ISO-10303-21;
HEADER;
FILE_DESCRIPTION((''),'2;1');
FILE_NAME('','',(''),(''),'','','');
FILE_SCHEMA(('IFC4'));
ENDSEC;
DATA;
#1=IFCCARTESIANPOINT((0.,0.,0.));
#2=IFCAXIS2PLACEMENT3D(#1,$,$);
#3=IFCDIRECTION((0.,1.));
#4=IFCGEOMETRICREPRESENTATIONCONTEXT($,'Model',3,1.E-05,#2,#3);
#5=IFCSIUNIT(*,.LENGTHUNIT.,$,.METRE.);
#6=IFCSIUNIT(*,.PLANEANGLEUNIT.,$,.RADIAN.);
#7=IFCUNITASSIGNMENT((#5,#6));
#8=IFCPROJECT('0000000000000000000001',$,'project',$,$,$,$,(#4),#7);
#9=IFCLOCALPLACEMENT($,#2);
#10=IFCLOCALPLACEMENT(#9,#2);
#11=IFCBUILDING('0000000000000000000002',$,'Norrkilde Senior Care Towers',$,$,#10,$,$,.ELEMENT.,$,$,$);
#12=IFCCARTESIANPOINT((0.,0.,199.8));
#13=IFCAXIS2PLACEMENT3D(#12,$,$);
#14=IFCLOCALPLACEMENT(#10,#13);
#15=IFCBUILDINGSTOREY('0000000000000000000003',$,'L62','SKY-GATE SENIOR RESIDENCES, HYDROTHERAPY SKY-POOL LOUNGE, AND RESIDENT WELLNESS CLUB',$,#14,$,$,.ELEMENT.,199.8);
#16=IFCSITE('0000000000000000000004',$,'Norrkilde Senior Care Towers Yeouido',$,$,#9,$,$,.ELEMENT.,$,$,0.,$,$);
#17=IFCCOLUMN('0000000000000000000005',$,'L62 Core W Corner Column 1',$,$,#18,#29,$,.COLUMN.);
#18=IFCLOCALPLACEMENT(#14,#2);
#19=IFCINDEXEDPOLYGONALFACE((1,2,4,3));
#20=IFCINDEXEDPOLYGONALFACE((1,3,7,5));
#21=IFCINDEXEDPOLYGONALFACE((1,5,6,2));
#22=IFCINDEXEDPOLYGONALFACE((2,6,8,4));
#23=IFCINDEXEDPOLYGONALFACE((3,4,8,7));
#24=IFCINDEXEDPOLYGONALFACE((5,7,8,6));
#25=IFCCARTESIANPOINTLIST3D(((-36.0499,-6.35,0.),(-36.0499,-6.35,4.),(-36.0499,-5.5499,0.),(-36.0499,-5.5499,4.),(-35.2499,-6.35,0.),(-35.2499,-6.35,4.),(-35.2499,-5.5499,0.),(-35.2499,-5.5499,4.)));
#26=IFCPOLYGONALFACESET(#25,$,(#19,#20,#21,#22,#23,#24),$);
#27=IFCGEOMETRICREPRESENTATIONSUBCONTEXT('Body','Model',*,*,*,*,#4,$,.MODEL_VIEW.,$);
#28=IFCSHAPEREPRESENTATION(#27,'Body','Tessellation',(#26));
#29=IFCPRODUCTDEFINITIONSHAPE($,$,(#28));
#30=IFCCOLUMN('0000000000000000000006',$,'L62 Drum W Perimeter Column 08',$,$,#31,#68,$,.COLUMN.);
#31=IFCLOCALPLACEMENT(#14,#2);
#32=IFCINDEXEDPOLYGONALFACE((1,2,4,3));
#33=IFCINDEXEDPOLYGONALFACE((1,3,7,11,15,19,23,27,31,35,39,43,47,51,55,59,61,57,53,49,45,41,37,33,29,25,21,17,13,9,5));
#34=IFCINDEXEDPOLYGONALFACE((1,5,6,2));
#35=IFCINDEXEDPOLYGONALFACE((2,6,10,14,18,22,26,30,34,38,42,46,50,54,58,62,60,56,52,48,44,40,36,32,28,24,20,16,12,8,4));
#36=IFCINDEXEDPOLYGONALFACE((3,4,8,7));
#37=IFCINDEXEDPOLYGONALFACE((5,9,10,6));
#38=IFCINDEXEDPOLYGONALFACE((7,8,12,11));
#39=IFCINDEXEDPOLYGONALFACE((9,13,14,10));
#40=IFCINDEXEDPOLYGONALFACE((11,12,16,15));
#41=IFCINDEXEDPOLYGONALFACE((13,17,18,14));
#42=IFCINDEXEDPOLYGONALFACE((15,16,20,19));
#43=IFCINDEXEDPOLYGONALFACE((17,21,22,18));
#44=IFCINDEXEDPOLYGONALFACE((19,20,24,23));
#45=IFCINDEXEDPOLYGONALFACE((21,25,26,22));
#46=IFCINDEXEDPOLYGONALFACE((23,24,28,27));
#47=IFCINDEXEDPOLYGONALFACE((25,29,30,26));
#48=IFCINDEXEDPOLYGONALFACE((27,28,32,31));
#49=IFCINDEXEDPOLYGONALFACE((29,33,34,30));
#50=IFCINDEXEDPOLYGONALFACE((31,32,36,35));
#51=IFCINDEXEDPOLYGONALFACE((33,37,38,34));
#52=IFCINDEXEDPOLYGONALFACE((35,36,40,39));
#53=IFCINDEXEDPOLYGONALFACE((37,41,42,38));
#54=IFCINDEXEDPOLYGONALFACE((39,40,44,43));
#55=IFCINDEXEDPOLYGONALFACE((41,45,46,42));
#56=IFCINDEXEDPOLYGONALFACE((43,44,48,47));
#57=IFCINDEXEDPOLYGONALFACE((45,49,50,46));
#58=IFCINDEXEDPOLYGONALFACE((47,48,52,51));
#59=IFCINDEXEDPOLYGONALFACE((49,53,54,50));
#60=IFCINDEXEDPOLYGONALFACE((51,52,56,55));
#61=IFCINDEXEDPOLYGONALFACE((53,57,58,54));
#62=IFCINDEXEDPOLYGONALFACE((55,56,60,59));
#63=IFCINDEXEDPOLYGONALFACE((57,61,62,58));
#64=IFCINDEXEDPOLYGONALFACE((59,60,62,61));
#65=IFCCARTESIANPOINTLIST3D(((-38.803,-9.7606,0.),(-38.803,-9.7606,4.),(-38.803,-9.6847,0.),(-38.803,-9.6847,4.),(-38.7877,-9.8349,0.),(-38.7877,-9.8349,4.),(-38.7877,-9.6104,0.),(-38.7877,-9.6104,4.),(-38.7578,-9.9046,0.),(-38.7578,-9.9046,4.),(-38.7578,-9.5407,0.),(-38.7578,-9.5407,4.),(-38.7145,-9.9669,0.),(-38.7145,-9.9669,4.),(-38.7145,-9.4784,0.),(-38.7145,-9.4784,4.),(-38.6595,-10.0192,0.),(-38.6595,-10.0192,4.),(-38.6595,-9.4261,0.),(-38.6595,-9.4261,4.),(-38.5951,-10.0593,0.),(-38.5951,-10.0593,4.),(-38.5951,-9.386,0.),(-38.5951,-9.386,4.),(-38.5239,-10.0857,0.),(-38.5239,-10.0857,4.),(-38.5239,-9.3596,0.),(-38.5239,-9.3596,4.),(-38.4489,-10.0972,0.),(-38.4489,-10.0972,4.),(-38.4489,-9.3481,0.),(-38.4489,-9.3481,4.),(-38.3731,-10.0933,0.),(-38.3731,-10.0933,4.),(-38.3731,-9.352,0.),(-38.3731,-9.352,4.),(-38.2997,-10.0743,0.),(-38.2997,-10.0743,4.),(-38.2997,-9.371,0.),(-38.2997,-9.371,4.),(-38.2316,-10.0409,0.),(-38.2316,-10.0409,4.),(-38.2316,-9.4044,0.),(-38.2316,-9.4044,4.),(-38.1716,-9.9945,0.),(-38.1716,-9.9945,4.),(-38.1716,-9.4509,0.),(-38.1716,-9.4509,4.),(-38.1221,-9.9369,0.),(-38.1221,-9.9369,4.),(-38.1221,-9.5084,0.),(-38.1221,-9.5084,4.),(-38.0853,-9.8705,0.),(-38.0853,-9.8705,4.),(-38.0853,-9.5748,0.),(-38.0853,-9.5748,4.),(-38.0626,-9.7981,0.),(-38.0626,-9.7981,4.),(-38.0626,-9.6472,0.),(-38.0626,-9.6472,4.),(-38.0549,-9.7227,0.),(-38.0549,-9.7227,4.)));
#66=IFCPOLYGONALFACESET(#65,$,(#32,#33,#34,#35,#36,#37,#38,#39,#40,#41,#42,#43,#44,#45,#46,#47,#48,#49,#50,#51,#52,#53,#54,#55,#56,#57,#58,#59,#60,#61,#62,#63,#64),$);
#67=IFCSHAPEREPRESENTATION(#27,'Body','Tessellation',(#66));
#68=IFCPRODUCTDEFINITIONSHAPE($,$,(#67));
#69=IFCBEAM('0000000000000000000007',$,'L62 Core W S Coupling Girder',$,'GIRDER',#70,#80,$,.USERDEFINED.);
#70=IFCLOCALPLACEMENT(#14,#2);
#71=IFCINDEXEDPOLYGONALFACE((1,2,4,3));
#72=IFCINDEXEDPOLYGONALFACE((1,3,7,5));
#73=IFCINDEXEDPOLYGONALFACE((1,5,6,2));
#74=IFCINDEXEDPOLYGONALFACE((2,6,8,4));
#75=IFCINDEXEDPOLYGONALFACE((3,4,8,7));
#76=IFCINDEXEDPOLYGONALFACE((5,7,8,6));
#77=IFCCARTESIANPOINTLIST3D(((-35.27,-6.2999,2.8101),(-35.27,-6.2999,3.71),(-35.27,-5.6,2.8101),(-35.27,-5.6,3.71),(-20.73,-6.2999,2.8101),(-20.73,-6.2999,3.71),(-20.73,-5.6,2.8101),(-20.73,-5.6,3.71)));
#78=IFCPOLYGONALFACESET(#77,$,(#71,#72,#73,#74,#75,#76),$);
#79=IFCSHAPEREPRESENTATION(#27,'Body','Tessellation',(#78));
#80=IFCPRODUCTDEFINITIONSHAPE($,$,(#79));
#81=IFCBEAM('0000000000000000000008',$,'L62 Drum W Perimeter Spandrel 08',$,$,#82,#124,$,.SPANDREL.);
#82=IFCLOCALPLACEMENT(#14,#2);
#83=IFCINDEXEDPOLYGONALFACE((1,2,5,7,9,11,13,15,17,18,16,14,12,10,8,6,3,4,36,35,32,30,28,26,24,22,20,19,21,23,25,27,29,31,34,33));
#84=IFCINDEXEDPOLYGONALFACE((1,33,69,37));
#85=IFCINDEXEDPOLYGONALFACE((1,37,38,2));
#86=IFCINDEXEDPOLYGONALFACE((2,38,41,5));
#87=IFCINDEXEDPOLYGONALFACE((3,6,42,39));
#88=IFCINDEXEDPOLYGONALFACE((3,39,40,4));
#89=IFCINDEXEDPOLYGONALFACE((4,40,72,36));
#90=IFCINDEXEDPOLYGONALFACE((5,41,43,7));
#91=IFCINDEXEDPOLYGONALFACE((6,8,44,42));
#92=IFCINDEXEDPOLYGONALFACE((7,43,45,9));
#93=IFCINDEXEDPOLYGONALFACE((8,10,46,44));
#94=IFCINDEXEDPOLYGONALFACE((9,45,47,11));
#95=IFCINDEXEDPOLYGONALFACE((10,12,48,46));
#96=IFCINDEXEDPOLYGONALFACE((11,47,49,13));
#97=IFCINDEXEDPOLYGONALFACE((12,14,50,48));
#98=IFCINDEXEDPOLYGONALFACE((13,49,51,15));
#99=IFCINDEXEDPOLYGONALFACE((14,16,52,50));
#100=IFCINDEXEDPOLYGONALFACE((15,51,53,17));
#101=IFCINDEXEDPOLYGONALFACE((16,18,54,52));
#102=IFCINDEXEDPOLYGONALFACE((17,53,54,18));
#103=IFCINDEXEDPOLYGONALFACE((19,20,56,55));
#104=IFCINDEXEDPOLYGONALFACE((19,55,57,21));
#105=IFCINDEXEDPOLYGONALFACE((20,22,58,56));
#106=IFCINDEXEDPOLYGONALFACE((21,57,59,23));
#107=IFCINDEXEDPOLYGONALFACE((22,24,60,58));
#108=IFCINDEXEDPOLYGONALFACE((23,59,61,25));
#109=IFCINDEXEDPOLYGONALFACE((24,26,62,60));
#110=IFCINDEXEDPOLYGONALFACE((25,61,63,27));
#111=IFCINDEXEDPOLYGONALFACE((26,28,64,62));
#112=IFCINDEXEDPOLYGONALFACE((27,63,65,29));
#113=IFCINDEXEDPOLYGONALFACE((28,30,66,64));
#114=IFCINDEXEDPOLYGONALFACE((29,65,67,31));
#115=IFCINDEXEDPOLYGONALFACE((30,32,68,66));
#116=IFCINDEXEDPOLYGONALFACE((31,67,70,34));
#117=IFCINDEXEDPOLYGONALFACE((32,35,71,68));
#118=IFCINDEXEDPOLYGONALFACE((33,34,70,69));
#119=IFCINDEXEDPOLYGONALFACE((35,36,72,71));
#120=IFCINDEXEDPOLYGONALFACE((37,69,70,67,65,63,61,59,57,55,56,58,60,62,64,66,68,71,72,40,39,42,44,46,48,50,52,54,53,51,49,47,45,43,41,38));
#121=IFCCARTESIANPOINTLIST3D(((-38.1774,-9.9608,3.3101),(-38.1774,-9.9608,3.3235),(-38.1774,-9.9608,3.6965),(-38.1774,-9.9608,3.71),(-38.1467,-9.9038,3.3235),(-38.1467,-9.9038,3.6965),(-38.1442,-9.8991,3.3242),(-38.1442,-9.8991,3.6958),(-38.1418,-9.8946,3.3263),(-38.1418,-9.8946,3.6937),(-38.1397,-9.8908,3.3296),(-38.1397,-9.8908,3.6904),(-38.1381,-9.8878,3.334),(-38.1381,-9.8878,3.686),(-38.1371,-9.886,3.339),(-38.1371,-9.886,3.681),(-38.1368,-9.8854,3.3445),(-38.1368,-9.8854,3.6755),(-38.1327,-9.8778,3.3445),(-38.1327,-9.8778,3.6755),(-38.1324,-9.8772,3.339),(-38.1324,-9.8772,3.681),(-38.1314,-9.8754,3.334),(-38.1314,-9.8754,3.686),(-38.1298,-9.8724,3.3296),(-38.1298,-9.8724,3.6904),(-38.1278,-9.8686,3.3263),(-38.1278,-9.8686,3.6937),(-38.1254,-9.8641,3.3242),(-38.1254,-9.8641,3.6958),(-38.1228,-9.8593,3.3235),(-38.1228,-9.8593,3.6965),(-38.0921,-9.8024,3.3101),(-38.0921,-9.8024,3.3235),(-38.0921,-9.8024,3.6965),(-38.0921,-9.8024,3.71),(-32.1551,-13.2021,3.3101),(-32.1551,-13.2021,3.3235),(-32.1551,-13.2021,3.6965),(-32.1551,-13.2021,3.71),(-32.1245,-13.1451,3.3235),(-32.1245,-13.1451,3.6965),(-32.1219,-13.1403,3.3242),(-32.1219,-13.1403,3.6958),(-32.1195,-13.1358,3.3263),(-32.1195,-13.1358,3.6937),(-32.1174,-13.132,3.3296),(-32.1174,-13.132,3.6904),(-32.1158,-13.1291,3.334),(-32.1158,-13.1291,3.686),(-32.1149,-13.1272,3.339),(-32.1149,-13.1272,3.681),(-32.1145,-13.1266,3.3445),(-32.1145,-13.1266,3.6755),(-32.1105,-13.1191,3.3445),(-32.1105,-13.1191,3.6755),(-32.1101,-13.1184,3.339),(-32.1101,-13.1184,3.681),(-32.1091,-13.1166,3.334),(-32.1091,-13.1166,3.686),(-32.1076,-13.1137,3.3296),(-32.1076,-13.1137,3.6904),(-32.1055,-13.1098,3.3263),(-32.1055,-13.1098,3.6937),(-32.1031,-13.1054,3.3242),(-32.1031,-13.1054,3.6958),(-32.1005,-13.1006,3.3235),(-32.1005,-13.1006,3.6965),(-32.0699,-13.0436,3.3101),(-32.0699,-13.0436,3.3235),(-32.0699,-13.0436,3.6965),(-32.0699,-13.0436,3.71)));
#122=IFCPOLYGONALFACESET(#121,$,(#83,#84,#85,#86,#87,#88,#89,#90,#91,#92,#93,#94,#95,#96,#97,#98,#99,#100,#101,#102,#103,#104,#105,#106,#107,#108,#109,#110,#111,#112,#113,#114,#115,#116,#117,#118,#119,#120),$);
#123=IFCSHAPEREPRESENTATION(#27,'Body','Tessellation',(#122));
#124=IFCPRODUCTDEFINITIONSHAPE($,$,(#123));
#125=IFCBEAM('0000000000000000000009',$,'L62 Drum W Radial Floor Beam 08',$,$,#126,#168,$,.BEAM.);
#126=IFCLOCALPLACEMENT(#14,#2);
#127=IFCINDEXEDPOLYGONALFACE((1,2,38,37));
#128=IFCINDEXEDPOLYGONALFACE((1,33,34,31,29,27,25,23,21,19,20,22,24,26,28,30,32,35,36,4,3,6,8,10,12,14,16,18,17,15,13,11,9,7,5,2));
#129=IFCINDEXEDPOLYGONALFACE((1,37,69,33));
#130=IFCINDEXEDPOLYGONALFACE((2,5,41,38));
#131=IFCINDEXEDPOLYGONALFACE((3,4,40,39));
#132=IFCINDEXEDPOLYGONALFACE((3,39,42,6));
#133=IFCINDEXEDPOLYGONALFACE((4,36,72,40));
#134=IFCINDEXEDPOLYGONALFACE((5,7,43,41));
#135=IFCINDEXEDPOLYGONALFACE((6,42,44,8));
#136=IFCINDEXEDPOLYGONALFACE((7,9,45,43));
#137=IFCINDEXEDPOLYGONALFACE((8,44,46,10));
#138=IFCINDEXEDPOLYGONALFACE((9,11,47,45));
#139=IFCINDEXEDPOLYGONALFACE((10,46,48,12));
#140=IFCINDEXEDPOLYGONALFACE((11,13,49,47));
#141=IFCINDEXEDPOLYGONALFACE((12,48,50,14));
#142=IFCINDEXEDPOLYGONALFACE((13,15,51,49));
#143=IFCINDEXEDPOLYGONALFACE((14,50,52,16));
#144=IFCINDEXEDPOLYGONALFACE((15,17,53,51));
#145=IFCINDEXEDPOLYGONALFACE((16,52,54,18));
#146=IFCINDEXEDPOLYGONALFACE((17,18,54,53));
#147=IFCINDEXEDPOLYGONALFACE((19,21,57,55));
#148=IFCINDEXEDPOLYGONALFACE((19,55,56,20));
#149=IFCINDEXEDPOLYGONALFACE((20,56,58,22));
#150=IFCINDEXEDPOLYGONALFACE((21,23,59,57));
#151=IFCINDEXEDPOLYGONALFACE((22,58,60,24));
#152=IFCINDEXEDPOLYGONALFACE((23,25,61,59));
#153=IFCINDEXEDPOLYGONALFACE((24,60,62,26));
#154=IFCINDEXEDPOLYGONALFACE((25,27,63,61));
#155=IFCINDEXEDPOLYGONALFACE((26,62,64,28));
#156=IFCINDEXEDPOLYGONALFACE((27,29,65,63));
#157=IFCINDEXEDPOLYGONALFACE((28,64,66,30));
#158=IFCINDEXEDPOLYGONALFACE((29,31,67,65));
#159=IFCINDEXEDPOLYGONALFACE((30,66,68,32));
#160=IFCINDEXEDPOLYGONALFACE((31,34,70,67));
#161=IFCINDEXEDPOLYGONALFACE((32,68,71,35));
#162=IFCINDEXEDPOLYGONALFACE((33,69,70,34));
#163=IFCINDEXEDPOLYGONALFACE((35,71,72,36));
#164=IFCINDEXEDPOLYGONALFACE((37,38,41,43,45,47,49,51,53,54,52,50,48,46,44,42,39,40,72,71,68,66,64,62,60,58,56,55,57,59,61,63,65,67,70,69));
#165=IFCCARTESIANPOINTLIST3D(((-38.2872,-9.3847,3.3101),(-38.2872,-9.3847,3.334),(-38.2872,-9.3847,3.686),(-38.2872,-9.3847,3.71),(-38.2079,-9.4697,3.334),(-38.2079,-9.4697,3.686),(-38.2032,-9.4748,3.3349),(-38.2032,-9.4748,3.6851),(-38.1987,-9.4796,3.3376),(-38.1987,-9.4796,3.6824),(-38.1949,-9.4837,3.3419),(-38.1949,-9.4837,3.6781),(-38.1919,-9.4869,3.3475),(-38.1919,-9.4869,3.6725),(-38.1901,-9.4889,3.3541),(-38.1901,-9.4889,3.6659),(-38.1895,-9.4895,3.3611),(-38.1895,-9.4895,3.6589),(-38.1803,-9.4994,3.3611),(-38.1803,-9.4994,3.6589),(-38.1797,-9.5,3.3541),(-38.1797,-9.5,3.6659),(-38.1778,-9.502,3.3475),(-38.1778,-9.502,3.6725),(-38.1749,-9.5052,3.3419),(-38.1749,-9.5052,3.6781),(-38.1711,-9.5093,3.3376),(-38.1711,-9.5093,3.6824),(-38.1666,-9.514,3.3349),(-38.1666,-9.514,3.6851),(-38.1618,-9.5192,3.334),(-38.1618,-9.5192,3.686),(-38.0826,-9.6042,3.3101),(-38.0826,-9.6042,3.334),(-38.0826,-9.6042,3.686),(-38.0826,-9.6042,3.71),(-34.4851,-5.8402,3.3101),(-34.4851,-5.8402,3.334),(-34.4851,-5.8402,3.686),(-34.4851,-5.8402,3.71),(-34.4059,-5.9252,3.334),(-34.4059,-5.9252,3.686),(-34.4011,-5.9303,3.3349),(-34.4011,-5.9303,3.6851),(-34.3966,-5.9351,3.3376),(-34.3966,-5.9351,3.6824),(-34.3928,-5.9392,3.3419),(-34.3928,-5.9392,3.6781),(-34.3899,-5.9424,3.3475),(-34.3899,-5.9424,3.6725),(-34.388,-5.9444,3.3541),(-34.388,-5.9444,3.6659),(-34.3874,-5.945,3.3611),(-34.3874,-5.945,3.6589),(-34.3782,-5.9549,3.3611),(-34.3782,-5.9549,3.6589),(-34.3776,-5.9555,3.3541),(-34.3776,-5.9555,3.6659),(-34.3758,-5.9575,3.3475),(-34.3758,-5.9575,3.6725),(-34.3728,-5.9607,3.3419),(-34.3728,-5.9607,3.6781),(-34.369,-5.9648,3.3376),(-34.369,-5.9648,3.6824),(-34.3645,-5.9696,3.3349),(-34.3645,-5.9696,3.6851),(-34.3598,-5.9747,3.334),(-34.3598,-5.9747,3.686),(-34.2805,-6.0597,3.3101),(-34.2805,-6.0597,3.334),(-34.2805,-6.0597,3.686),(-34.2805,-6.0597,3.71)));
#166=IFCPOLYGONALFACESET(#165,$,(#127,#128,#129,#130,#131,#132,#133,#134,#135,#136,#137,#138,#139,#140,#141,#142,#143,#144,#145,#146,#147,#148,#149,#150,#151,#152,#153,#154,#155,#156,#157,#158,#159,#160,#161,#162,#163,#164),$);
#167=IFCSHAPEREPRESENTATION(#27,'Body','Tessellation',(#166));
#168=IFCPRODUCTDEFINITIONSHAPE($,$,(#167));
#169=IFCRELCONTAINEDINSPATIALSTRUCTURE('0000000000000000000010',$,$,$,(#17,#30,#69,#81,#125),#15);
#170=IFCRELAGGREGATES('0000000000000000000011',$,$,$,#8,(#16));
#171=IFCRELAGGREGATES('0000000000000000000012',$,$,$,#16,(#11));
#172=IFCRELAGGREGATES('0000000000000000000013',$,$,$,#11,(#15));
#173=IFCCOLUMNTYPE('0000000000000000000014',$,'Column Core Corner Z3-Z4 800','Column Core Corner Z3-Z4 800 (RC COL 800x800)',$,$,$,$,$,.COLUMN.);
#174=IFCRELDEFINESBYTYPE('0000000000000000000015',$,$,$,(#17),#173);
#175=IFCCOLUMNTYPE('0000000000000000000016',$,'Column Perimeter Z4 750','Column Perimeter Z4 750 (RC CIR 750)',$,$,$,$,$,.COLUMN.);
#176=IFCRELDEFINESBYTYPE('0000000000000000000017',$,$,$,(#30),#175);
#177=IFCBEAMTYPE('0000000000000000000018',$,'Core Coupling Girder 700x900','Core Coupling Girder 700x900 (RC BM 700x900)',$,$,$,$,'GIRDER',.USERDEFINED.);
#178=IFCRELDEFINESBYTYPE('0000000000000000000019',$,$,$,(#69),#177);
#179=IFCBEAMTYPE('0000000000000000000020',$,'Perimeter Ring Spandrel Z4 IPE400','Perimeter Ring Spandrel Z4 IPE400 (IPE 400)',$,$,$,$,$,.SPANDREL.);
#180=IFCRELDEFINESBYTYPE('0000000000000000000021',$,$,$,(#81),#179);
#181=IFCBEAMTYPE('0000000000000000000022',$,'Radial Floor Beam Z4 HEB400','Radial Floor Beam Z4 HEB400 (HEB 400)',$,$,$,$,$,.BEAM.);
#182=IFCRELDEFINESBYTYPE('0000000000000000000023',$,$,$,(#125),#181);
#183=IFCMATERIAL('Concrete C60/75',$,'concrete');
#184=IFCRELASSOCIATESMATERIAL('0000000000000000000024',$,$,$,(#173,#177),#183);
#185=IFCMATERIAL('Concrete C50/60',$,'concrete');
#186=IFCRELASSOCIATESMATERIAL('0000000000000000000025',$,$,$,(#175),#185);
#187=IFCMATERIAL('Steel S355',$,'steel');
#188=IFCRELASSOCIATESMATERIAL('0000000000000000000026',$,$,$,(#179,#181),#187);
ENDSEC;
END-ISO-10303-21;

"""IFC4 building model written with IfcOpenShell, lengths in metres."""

from ifc_helpers import new_model, si_unit, direction, frame, origin, origin_2d, place, context, subcontext, project, spatial, rectangle, circle, i_section, extrude, source, transform, mapped, material, material_profile, profile_set, type_object, type_shapes, element, save


model = new_model("IFC4")

# Units and contexts
model_context = context("Model", 3, precision=1e-05, world=origin(), true_north=direction((0.0, 1.0)))
body_context = subcontext(model_context, "Body", "Model", "MODEL_VIEW")
ifc_project = project(units=[si_unit("LENGTHUNIT", "METRE"), si_unit("PLANEANGLEUNIT", "RADIAN")], contexts=[model_context])

# Site, building, storey
site_placement = place(None, origin())
site = spatial("IfcSite", under=ifc_project, at=site_placement, Name="Norrkilde Senior Care Towers Yeouido", CompositionType="ELEMENT", RefElevation=0.0)
building_placement = place(site_placement, origin())
building = spatial("IfcBuilding", under=site, at=building_placement, Name="Norrkilde Senior Care Towers", CompositionType="ELEMENT")
storey_placement = place(building_placement, frame((0.0, 0.0, 199.8)))
storey = spatial("IfcBuildingStorey", under=building, at=storey_placement, Name="L62", Description="SKY-GATE SENIOR RESIDENCES, HYDROTHERAPY SKY-POOL LOUNGE, AND RESIDENT WELLNESS CLUB", CompositionType="ELEMENT", Elevation=199.8)

# Columns
ifc_material_1 = material(Name="Concrete C60/75", Category="concrete")
ifc_material_profile_1 = material_profile(ifc_material_1, rectangle(XDim=0.8, YDim=0.8, at=origin_2d()), Name="RC COL 800x800")
ifc_profile_set_1 = profile_set([ifc_material_profile_1], Name="Concrete C60/75")
column_type_1 = type_object("IfcColumnType", Name="Column Core Corner Z3-Z4 800", Description="Column Core Corner Z3-Z4 800 (RC COL 800x800)", PredefinedType="COLUMN", material=ifc_profile_set_1)
shared_shape_1 = source(origin(), body_context, "Body", "SweptSolid", [
    extrude(rectangle(XDim=0.8, YDim=0.8, at=origin_2d()), origin(), (0.0, 0.0, 1.0), 4.0),
])
type_shapes(column_type_1, [shared_shape_1])
column_1_placement = place(storey_placement, frame((-35.6499, -5.95, 0.0), z_axis=(0.0, 0.0, 1.0), x_axis=(1.0, 0.0, 0.0)))
element("IfcColumn", 1, at=column_1_placement, inside=storey, type_object=column_type_1, Name="L62 Core W Corner Column 1", PredefinedType="COLUMN", context=body_context, shape_type="MappedRepresentation", body=[
    mapped(shared_shape_1, transform((0.0, 0.0, 0.0), x_axis=(1.0, 0.0, 0.0), y_axis=(0.0, 1.0, 0.0), z_axis=(0.0, 0.0, 1.0), scale=1.0)),
])
ifc_material_2 = material(Name="Concrete C50/60", Category="concrete")
ifc_material_profile_2 = material_profile(ifc_material_2, circle(Radius=0.375, at=origin_2d()), Name="RC CIR 750")
ifc_profile_set_2 = profile_set([ifc_material_profile_2], Name="Concrete C50/60")
column_type_2 = type_object("IfcColumnType", Name="Column Perimeter Z4 750", Description="Column Perimeter Z4 750 (RC CIR 750)", PredefinedType="COLUMN", material=ifc_profile_set_2)
shared_shape_2 = source(origin(), body_context, "Body", "SweptSolid", [
    extrude(circle(Radius=0.375, at=origin_2d()), origin(), (0.0, 0.0, 1.0), 4.0),
])
type_shapes(column_type_2, [shared_shape_2])
column_2_placement = place(storey_placement, frame((-38.4299, -9.7227, 0.0), z_axis=(0.0, 0.0, 1.0), x_axis=(1.0, 0.0, 0.0)))
element("IfcColumn", 2, at=column_2_placement, inside=storey, type_object=column_type_2, Name="L62 Drum W Perimeter Column 08", PredefinedType="COLUMN", context=body_context, shape_type="MappedRepresentation", body=[
    mapped(shared_shape_2, transform((0.0, 0.0, 0.0), x_axis=(1.0, 0.0, 0.0), y_axis=(0.0, 1.0, 0.0), z_axis=(0.0, 0.0, 1.0), scale=1.0)),
])

# Beams
ifc_material_profile_3 = material_profile(ifc_material_1, rectangle(XDim=0.7, YDim=0.8999, at=origin_2d()), Name="RC BM 700x900")
ifc_profile_set_3 = profile_set([ifc_material_profile_3], Name="Concrete C60/75")
beam_type_1 = type_object("IfcBeamType", Name="Core Coupling Girder 700x900", Description="Core Coupling Girder 700x900 (RC BM 700x900)", ElementType="GIRDER", PredefinedType="USERDEFINED", material=ifc_profile_set_3)
shared_shape_3 = source(origin(), body_context, "Body", "SweptSolid", [
    extrude(rectangle(XDim=0.7, YDim=0.8999, at=origin_2d()), origin(), (0.0, 0.0, 1.0), 14.54),
])
type_shapes(beam_type_1, [shared_shape_3])
beam_1_placement = place(storey_placement, frame((-35.27, -5.95, 3.26), z_axis=(1.0, 0.0, 0.0), x_axis=(0.0, 1.0, 0.0)))
element("IfcBeam", 3, at=beam_1_placement, inside=storey, type_object=beam_type_1, Name="L62 Core W S Coupling Girder", ObjectType="GIRDER", PredefinedType="USERDEFINED", context=body_context, shape_type="MappedRepresentation", body=[
    mapped(shared_shape_3, transform((0.0, 0.0, 0.0), x_axis=(1.0, 0.0, 0.0), y_axis=(0.0, 1.0, 0.0), z_axis=(0.0, 0.0, 1.0), scale=1.0)),
])
ifc_material_3 = material(Name="Steel S355", Category="steel")
ifc_material_profile_4 = material_profile(ifc_material_3, i_section(OverallWidth=0.1799, OverallDepth=0.3999, WebThickness=0.0085, FlangeThickness=0.0134, FilletRadius=0.021, at=origin_2d()), Name="IPE 400")
ifc_profile_set_4 = profile_set([ifc_material_profile_4], Name="Steel S355")
beam_type_2 = type_object("IfcBeamType", Name="Perimeter Ring Spandrel Z4 IPE400", Description="Perimeter Ring Spandrel Z4 IPE400 (IPE 400)", PredefinedType="SPANDREL", material=ifc_profile_set_4)
shared_shape_4 = source(origin(), body_context, "Body", "SweptSolid", [
    extrude(i_section(OverallWidth=0.1799, OverallDepth=0.3999, WebThickness=0.0085, FlangeThickness=0.0134, FilletRadius=0.021, at=origin_2d()), origin(), (0.0, 0.0, 1.0), 6.8391),
])
type_shapes(beam_type_2, [shared_shape_4])
beam_2_placement = place(storey_placement, frame((-38.1348, -9.8816, 3.51), z_axis=(0.880564, -0.473927, 0.0), x_axis=(0.473927, 0.880564, 0.0)))
element("IfcBeam", 4, at=beam_2_placement, inside=storey, type_object=beam_type_2, Name="L62 Drum W Perimeter Spandrel 08", PredefinedType="SPANDREL", context=body_context, shape_type="MappedRepresentation", body=[
    mapped(shared_shape_4, transform((0.0, 0.0, 0.0), x_axis=(1.0, 0.0, 0.0), y_axis=(0.0, 1.0, 0.0), z_axis=(0.0, 0.0, 1.0), scale=1.0)),
])
ifc_material_profile_5 = material_profile(ifc_material_3, i_section(OverallWidth=0.3, OverallDepth=0.3999, WebThickness=0.0134, FlangeThickness=0.0239, FilletRadius=0.0271, at=origin_2d()), Name="HEB 400")
ifc_profile_set_5 = profile_set([ifc_material_profile_5], Name="Steel S355")
beam_type_3 = type_object("IfcBeamType", Name="Radial Floor Beam Z4 HEB400", Description="Radial Floor Beam Z4 HEB400 (HEB 400)", PredefinedType="BEAM", material=ifc_profile_set_5)
shared_shape_5 = source(origin(), body_context, "Body", "SweptSolid", [
    extrude(i_section(OverallWidth=0.3, OverallDepth=0.3999, WebThickness=0.0134, FlangeThickness=0.0239, FilletRadius=0.0271, at=origin_2d()), origin(), (0.0, 0.0, 1.0), 5.198),
])
type_shapes(beam_type_3, [shared_shape_5])
beam_3_placement = place(storey_placement, frame((-34.3828, -5.95, 3.51), z_axis=(-0.731449, -0.681896, 0.0), x_axis=(0.681896, -0.731449, 0.0)))
element("IfcBeam", 5, at=beam_3_placement, inside=storey, type_object=beam_type_3, Name="L62 Drum W Radial Floor Beam 08", PredefinedType="BEAM", context=body_context, shape_type="MappedRepresentation", body=[
    mapped(shared_shape_5, transform((0.0, 0.0, 0.0), x_axis=(1.0, 0.0, 0.0), y_axis=(0.0, 1.0, 0.0), z_axis=(0.0, 0.0, 1.0), scale=1.0)),
])

save(model, "model.ifc")
